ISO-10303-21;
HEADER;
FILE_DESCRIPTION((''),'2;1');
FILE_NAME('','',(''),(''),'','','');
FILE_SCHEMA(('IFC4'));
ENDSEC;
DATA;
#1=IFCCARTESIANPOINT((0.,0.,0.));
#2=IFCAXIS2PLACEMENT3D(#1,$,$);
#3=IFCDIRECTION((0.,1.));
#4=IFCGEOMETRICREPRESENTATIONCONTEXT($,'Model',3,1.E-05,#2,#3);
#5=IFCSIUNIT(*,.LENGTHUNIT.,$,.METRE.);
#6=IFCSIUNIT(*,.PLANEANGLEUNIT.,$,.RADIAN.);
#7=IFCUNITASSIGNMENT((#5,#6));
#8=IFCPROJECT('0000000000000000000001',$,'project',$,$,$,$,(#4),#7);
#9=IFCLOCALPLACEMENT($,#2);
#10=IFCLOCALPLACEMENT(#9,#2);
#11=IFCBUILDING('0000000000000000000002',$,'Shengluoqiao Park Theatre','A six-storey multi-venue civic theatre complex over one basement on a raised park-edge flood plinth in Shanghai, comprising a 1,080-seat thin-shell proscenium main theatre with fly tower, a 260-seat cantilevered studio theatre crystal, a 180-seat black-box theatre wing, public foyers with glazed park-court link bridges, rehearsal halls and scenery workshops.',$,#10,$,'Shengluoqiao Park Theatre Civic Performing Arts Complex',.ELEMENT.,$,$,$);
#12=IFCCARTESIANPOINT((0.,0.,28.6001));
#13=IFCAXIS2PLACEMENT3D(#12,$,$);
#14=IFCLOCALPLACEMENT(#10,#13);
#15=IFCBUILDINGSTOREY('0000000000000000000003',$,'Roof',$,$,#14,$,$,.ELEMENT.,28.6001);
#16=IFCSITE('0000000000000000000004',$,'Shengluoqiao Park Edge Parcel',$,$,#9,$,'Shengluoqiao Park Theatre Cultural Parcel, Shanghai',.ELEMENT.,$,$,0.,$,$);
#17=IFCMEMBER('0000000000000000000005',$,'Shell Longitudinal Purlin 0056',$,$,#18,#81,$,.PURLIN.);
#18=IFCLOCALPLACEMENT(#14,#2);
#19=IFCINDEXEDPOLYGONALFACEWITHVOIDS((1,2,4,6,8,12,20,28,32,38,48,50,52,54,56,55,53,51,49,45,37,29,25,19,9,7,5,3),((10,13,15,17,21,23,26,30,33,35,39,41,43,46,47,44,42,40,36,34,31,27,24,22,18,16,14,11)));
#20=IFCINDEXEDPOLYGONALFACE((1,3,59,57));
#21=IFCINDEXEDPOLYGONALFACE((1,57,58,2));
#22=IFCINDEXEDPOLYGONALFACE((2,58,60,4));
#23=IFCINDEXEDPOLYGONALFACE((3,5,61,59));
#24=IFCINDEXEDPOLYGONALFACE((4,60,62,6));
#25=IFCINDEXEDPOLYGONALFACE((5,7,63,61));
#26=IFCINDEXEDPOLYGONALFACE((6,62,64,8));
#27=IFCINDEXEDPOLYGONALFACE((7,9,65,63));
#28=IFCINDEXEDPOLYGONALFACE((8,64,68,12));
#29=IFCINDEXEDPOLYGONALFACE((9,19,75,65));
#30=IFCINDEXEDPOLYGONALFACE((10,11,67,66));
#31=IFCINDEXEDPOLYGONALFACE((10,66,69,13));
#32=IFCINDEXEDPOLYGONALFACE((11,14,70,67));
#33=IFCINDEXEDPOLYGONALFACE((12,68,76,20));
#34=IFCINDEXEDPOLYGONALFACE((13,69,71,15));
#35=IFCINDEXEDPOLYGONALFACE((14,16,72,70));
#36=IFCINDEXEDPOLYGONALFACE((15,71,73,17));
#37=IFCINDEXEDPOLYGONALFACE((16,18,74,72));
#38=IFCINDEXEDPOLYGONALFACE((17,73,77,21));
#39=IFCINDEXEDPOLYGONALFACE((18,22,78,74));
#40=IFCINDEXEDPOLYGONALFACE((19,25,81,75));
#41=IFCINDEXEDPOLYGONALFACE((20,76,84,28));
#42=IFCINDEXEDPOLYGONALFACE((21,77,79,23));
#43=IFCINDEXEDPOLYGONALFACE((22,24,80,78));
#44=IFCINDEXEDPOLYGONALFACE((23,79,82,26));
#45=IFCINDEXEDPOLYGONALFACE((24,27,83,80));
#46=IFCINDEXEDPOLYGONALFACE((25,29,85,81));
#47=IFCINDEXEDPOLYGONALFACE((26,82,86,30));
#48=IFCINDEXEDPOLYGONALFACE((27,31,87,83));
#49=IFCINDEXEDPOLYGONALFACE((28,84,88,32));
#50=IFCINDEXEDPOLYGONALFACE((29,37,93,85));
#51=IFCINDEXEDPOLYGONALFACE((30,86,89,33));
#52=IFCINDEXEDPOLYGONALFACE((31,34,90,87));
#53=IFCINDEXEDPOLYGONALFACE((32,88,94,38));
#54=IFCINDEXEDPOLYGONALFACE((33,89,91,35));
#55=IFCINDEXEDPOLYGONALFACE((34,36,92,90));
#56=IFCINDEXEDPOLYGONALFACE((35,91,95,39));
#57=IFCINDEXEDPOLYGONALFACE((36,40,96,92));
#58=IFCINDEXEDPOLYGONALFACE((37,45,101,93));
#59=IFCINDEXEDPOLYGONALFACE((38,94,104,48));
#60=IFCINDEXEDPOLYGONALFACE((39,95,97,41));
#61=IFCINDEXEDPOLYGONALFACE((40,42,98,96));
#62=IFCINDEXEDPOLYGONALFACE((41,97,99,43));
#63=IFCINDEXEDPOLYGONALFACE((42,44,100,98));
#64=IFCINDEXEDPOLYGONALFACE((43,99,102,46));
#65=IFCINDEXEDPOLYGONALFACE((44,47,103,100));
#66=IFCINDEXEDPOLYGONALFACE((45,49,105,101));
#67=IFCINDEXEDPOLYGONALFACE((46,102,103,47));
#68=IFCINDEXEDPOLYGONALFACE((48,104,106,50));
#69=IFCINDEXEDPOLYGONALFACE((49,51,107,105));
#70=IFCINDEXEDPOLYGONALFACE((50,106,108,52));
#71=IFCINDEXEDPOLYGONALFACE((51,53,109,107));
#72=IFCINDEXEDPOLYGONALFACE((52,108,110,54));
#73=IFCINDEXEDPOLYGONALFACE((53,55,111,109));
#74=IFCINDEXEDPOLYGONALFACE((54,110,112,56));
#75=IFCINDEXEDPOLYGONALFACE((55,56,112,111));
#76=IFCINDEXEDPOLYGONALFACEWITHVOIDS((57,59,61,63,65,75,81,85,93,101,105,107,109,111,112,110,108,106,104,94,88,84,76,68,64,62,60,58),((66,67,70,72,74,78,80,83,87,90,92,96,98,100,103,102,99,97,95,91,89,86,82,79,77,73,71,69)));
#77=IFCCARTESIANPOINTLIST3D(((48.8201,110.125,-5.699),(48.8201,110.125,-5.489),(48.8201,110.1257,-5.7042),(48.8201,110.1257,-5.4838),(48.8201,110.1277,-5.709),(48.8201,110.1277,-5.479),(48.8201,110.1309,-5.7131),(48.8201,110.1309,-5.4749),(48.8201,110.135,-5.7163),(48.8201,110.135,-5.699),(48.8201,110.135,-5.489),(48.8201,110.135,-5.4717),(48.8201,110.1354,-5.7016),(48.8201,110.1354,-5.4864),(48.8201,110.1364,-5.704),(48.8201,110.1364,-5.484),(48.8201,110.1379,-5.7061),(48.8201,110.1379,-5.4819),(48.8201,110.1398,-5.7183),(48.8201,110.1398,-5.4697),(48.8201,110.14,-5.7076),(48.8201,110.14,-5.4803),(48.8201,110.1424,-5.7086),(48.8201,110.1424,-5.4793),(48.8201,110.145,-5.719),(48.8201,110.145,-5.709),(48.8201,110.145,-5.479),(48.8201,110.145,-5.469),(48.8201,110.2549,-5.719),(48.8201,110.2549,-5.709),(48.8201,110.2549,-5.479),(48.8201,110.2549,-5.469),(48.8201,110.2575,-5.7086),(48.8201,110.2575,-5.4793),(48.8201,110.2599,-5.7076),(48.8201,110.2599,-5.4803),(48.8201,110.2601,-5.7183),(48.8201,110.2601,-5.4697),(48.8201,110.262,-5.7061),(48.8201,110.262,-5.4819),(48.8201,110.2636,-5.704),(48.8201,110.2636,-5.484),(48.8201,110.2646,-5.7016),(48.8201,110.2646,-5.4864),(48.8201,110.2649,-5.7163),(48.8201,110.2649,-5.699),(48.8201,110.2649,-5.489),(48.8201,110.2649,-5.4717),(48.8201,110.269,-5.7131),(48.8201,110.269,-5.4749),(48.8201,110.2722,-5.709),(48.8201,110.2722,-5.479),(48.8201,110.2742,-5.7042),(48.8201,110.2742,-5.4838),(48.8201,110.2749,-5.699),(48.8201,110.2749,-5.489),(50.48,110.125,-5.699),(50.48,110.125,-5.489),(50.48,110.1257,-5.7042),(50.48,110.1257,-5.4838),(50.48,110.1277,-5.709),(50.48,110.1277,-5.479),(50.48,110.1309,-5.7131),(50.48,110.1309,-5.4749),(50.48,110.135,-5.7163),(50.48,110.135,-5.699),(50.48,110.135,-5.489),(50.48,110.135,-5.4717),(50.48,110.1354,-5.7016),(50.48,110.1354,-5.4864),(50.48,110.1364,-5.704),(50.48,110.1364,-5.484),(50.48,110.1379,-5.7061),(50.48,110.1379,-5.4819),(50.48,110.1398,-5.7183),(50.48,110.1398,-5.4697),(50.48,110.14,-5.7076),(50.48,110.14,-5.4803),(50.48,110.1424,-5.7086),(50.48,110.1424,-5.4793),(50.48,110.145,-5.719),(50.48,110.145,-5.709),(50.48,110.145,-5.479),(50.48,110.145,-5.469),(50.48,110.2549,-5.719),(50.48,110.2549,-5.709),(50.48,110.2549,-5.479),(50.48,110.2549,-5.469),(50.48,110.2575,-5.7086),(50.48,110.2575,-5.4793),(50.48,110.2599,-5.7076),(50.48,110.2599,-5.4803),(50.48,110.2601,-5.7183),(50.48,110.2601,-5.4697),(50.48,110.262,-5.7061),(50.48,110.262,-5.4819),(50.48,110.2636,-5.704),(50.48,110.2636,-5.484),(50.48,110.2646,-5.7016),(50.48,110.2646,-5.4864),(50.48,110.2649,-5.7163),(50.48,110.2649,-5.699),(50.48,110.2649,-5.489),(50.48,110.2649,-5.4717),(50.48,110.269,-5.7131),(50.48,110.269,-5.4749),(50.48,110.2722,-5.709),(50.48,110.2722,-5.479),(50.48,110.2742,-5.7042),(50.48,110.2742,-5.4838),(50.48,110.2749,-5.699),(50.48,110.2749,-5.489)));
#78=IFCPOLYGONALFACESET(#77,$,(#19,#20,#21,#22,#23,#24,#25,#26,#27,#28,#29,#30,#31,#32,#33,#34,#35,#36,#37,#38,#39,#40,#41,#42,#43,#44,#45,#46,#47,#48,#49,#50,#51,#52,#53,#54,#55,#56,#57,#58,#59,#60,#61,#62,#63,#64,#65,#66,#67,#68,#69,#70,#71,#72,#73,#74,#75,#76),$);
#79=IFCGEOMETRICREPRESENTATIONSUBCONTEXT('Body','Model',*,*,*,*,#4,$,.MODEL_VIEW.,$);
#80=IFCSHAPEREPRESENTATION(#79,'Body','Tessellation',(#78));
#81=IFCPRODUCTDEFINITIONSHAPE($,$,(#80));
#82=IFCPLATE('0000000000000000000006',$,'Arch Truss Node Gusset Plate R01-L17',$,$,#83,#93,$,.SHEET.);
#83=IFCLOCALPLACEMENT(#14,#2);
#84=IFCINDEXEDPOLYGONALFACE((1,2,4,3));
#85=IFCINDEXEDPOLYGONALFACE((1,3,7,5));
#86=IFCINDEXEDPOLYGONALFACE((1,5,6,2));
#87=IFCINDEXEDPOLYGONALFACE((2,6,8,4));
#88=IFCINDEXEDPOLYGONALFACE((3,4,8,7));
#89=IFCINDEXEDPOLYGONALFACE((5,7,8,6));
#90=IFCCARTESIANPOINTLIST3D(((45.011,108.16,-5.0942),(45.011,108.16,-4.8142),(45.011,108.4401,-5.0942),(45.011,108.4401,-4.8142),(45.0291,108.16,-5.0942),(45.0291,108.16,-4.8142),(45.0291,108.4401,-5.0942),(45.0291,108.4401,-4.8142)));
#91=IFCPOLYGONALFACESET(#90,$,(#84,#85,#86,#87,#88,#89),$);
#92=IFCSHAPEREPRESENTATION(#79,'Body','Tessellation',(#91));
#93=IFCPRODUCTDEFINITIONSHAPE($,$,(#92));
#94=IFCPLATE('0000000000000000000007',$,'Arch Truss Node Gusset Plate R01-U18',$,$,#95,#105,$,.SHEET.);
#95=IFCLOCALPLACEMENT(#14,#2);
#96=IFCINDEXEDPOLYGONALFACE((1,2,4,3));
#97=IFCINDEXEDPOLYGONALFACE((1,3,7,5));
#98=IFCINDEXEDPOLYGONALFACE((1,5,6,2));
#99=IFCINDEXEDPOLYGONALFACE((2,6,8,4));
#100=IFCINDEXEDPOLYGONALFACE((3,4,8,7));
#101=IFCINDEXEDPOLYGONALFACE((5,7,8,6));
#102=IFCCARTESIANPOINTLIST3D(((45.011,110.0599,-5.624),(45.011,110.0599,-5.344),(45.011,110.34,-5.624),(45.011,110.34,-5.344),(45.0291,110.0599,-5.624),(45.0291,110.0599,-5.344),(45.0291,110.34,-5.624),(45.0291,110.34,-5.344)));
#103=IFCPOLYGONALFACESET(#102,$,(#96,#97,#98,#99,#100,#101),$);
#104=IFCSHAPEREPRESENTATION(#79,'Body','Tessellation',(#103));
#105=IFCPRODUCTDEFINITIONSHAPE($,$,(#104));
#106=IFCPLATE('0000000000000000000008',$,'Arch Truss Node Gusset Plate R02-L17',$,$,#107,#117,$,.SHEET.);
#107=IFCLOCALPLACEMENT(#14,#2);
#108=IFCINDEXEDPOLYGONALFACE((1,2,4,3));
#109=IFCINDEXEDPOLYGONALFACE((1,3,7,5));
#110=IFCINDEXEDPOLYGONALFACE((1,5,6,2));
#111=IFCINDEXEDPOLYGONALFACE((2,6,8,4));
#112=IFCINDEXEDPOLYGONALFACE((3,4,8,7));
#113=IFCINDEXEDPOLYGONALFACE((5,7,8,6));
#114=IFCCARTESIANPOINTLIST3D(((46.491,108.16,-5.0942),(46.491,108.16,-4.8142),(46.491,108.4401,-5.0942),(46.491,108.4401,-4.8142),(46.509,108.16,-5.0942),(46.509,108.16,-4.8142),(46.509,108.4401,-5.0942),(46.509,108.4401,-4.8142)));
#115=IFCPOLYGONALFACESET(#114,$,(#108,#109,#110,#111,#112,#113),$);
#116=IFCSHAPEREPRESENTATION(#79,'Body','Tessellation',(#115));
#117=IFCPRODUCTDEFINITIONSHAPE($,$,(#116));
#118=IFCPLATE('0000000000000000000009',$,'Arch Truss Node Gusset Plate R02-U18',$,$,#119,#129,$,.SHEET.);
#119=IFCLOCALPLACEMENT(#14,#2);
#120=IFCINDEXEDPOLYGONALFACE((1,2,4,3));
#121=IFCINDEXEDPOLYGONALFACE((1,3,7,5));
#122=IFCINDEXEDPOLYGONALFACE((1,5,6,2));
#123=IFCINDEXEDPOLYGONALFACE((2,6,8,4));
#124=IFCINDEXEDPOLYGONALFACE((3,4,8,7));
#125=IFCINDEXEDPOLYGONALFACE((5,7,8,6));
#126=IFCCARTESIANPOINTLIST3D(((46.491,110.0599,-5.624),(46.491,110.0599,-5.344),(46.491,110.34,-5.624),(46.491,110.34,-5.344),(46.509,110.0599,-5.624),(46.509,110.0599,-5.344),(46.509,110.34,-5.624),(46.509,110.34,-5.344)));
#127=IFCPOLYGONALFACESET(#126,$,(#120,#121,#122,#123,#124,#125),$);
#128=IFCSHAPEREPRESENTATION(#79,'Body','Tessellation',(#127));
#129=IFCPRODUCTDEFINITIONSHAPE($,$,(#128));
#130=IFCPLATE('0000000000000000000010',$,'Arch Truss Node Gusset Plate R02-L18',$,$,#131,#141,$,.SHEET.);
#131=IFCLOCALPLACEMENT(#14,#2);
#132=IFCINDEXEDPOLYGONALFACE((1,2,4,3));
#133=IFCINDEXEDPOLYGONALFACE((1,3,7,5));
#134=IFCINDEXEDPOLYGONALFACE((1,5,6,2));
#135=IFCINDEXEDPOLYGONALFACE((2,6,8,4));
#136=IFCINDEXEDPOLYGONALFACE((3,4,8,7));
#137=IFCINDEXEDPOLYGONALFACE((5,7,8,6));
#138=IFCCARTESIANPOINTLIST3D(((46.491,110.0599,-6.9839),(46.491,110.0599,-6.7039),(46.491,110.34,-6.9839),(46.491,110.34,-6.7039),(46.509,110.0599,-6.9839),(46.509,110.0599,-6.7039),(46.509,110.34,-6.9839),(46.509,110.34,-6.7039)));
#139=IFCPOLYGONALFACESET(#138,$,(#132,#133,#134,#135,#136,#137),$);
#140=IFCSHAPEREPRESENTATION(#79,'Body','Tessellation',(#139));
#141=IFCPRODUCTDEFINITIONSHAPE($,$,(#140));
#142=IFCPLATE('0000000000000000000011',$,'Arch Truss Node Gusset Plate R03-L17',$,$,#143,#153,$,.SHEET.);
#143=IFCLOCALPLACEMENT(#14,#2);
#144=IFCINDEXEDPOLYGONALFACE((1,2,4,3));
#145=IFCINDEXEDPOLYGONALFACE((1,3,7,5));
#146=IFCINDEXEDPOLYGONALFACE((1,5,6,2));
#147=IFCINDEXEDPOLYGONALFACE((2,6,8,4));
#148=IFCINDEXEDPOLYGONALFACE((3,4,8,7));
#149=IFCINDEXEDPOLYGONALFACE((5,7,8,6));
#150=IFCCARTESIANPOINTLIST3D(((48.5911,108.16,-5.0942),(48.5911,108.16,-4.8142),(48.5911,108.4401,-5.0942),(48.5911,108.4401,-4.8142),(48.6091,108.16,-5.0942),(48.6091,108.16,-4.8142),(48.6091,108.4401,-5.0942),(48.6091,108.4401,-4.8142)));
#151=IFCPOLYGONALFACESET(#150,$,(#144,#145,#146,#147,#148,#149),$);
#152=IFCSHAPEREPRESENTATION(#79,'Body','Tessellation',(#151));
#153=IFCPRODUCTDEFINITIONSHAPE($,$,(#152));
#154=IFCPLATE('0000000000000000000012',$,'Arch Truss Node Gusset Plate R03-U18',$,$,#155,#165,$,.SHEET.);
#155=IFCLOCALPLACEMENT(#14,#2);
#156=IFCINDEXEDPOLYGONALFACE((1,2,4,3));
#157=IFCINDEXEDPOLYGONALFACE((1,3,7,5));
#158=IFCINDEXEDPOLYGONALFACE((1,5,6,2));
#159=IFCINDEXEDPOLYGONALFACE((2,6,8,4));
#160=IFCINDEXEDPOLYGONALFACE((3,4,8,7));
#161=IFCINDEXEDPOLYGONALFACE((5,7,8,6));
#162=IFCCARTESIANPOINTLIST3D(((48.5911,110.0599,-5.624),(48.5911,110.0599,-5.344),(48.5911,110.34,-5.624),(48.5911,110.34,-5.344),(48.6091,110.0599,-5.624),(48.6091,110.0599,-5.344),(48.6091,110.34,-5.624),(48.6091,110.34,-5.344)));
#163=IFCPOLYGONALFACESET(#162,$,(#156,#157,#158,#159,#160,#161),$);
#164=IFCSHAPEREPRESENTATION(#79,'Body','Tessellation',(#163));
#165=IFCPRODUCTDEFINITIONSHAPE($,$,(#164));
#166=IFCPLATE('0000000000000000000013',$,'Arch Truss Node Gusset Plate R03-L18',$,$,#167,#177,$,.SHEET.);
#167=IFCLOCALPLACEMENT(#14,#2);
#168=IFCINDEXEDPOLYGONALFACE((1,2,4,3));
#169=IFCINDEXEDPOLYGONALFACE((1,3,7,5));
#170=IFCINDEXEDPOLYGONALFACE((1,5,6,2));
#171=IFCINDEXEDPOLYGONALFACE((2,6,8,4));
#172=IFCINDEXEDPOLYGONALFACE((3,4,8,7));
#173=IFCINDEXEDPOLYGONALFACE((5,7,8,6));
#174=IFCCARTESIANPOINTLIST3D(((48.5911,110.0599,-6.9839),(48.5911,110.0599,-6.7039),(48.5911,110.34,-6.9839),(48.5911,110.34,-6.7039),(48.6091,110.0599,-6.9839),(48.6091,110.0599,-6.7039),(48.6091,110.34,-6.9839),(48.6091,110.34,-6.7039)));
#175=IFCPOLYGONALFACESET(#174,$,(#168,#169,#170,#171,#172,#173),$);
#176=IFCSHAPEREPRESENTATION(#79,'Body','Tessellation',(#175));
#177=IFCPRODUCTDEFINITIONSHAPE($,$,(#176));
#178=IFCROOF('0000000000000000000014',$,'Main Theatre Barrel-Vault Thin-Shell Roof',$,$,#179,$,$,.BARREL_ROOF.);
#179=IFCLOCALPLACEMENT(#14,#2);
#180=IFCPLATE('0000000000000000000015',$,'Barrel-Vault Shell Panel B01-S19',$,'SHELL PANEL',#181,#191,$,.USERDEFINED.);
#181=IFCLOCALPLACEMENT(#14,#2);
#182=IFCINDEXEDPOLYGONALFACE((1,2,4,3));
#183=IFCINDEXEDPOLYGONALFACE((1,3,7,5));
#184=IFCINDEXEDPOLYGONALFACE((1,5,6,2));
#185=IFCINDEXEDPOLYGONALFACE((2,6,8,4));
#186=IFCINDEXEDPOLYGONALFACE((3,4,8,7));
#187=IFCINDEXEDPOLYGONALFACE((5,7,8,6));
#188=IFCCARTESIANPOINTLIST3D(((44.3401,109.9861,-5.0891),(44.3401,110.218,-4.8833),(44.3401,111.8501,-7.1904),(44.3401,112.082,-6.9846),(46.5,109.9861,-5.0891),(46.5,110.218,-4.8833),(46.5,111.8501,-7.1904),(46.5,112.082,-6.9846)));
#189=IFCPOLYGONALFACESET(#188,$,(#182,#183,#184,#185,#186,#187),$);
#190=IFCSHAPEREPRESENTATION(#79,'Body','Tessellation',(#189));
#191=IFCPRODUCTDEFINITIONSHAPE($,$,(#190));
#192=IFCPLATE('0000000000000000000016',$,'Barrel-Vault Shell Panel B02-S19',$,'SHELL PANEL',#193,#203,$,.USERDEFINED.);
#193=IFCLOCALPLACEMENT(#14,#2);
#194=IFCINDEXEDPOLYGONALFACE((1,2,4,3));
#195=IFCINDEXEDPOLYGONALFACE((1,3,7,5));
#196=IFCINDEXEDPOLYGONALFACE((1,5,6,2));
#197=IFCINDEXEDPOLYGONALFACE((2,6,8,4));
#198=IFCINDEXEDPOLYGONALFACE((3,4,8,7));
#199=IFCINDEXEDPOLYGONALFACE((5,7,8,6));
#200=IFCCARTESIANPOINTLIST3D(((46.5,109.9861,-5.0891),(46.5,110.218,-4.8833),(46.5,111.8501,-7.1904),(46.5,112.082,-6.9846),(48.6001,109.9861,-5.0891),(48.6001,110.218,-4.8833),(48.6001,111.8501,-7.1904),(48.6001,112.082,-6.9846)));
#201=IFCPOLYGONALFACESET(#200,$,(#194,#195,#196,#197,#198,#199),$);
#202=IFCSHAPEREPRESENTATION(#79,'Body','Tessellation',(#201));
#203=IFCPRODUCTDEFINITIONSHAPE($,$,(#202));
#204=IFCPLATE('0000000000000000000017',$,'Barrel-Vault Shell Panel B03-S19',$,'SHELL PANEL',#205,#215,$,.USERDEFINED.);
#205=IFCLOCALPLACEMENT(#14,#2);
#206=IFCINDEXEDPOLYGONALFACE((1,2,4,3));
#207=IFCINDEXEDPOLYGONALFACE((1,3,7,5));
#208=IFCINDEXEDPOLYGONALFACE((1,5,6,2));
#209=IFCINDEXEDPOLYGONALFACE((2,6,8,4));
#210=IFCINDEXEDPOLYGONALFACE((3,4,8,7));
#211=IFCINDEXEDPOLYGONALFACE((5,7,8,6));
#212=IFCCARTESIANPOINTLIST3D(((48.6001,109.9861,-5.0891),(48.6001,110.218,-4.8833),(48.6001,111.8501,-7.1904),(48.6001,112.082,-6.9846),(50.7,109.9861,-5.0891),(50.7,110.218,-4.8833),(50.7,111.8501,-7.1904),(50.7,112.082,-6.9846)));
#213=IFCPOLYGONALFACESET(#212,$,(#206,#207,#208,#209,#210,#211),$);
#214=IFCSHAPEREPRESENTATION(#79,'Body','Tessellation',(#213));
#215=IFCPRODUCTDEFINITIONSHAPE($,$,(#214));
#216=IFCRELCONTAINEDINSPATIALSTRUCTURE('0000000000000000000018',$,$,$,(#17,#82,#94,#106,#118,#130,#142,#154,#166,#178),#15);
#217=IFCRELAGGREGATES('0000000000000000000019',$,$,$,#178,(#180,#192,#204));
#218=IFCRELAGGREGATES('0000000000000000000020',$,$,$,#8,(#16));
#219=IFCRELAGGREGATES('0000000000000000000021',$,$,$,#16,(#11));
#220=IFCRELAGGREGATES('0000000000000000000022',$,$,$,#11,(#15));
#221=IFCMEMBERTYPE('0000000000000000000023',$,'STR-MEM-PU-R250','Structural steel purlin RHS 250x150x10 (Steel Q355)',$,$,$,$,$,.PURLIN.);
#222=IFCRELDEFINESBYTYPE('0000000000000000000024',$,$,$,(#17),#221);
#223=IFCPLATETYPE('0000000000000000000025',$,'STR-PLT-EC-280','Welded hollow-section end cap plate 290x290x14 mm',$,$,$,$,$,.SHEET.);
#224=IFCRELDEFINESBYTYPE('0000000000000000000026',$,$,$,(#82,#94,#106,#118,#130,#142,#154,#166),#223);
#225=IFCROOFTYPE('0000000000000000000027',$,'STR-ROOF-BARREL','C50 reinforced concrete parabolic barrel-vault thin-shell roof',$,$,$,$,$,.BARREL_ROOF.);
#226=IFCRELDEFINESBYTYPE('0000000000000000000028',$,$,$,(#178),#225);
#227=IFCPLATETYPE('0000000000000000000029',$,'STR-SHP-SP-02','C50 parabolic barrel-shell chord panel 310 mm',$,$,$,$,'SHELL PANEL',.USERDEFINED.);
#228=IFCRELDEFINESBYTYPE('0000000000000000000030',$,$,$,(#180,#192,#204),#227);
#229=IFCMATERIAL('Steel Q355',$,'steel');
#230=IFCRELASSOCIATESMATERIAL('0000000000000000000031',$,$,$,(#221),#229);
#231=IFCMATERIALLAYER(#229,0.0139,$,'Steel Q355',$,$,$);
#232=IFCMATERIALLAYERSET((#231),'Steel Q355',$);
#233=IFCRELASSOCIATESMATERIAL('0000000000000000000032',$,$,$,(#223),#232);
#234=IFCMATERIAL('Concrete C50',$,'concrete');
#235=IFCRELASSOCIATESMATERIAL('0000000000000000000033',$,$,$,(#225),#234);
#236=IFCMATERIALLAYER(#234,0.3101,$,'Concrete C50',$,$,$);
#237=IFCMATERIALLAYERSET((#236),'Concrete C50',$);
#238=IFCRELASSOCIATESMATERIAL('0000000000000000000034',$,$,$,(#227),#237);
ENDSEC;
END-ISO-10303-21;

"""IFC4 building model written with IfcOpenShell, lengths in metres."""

from ifc_helpers import new_model, si_unit, direction, frame, origin, origin_2d, place, context, subcontext, project, spatial, polyline, rectangle, hollow_rectangle, outline, extrude, material, layer, layer_set, material_profile, profile_set, type_object, element, aggregate, save


model = new_model("IFC4")

# Units and contexts
model_context = context("Model", 3, precision=1e-05, world=origin(), true_north=direction((0.0, 1.0)))
body_context = subcontext(model_context, "Body", "Model", "MODEL_VIEW")
ifc_project = project(units=[si_unit("LENGTHUNIT", "METRE"), si_unit("PLANEANGLEUNIT", "RADIAN")], contexts=[model_context])

# Site, building, storey
site_placement = place(None, origin())
site = spatial("IfcSite", under=ifc_project, at=site_placement, Name="Shengluoqiao Park Edge Parcel", LongName="Shengluoqiao Park Theatre Cultural Parcel, Shanghai", CompositionType="ELEMENT", RefElevation=0.0)
building_placement = place(site_placement, origin())
building = spatial("IfcBuilding", under=site, at=building_placement, Name="Shengluoqiao Park Theatre", Description="A six-storey multi-venue civic theatre complex over one basement on a raised park-edge flood plinth in Shanghai, comprising a 1,080-seat thin-shell proscenium main theatre with fly tower, a 260-seat cantilevered studio theatre crystal, a 180-seat black-box theatre wing, public foyers with glazed park-court link bridges, rehearsal halls and scenery workshops.", LongName="Shengluoqiao Park Theatre Civic Performing Arts Complex", CompositionType="ELEMENT")
storey_placement = place(building_placement, frame((0.0, 0.0, 28.6001)))
storey = spatial("IfcBuildingStorey", under=building, at=storey_placement, Name="Roof", CompositionType="ELEMENT", Elevation=28.6001)

# Shared definitions
ifc_material_1 = material(Name="Concrete C50", Category="concrete")
ifc_material_2 = material(Name="Steel Q355", Category="steel")

# Member
ifc_material_profile_1 = material_profile(ifc_material_2, hollow_rectangle(XDim=0.1499, YDim=0.25, WallThickness=0.01, InnerFilletRadius=0.01, OuterFilletRadius=0.02, at=origin_2d()), Name="RHS 250x150x10")
ifc_profile_set_1 = profile_set([ifc_material_profile_1], Name="Steel Q355")
member_type_1 = type_object("IfcMemberType", Name="STR-MEM-PU-R250", Description="Structural steel purlin RHS 250x150x10 (Steel Q355)", PredefinedType="PURLIN", material=ifc_profile_set_1)
for number, where, z_axis, x_axis, name in (
    (1, (48.8201, 110.2, -5.594), (1.0, 0.0, 0.0), (0.0, 1.0, 0.0), "Shell Longitudinal Purlin 0056"),
):
    element("IfcMember", number, at=place(storey_placement, frame(where, z_axis=z_axis, x_axis=x_axis)), inside=storey, type_object=member_type_1, Name=name, PredefinedType="PURLIN", context=body_context, shape_type="SweptSolid", body=[
        extrude(hollow_rectangle(XDim=0.1499, YDim=0.25, WallThickness=0.01, InnerFilletRadius=0.01, OuterFilletRadius=0.02, at=origin_2d()), origin(), (0.0, 0.0, 1.0), 1.6599),
    ])

# Plates
ifc_layer_1 = layer(ifc_material_2, 0.0139, Name="Steel Q355")
ifc_layer_set_1 = layer_set([ifc_layer_1], Name="Steel Q355")
plate_type_1 = type_object("IfcPlateType", Name="STR-PLT-EC-280", Description="Welded hollow-section end cap plate 290x290x14 mm", PredefinedType="SHEET", material=ifc_layer_set_1)
for number, where, z_axis, x_axis, name in (
    (2, (45.02, 108.3, -5.0942), (0.0, 0.0, 1.0), (1.0, 0.0, 0.0), "Arch Truss Node Gusset Plate R01-L17"),
    (3, (45.02, 110.2, -5.624), (0.0, 0.0, 1.0), (1.0, 0.0, 0.0), "Arch Truss Node Gusset Plate R01-U18"),
    (4, (46.5, 108.3, -5.0942), (0.0, 0.0, 1.0), (1.0, 0.0, 0.0), "Arch Truss Node Gusset Plate R02-L17"),
    (5, (46.5, 110.2, -5.624), (0.0, 0.0, 1.0), (1.0, 0.0, 0.0), "Arch Truss Node Gusset Plate R02-U18"),
    (6, (46.5, 110.2, -6.9839), (0.0, 0.0, 1.0), (1.0, 0.0, 0.0), "Arch Truss Node Gusset Plate R02-L18"),
    (7, (48.6001, 108.3, -5.0942), (0.0, 0.0, 1.0), (1.0, 0.0, 0.0), "Arch Truss Node Gusset Plate R03-L17"),
    (8, (48.6001, 110.2, -5.624), (0.0, 0.0, 1.0), (1.0, 0.0, 0.0), "Arch Truss Node Gusset Plate R03-U18"),
    (9, (48.6001, 110.2, -6.9839), (0.0, 0.0, 1.0), (1.0, 0.0, 0.0), "Arch Truss Node Gusset Plate R03-L18"),
):
    element("IfcPlate", number, at=place(storey_placement, frame(where, z_axis=z_axis, x_axis=x_axis)), inside=storey, type_object=plate_type_1, Name=name, PredefinedType="SHEET", context=body_context, shape_type="SweptSolid", body=[
        extrude(rectangle(XDim=0.0181, YDim=0.28, at=origin_2d()), origin(), (0.0, 0.0, 1.0), 0.28),
    ])

# Roof, plates
roof_type = type_object("IfcRoofType", Name="STR-ROOF-BARREL", Description="C50 reinforced concrete parabolic barrel-vault thin-shell roof", PredefinedType="BARREL_ROOF", material=ifc_material_1)
roof_placement = place(storey_placement, origin())
roof = element("IfcRoof", 10, at=roof_placement, inside=storey, type_object=roof_type, Name="Main Theatre Barrel-Vault Thin-Shell Roof", PredefinedType="BARREL_ROOF")
ifc_layer_2 = layer(ifc_material_1, 0.3101, Name="Concrete C50")
ifc_layer_set_2 = layer_set([ifc_layer_2], Name="Concrete C50")
plate_type_2 = type_object("IfcPlateType", Name="STR-SHP-SP-02", Description="C50 parabolic barrel-shell chord panel 310 mm", ElementType="SHELL PANEL", PredefinedType="USERDEFINED", material=ifc_layer_set_2)
plate_1_placement = place(storey_placement, frame((44.3401, 110.218, -4.8833), z_axis=(0.0, 0.748085, 0.663603), x_axis=(1.0, 0.0, 0.0)))
plate_1 = element("IfcPlate", 11, at=plate_1_placement, type_object=plate_type_2, Name="Barrel-Vault Shell Panel B01-S19", ObjectType="SHELL PANEL", PredefinedType="USERDEFINED", context=body_context, shape_type="SweptSolid", body=[
    extrude(outline(polyline([(0.0, 0.0), (2.1599, 0.0), (2.1599, 2.8089), (0.0, 2.8089), (0.0, 0.0)])), origin(), (0.0, 0.0, -1.0), 0.3101),
])
plate_2_placement = place(storey_placement, frame((46.5, 110.218, -4.8833), z_axis=(0.0, 0.748085, 0.663603), x_axis=(1.0, 0.0, 0.0)))
plate_2 = element("IfcPlate", 12, at=plate_2_placement, type_object=plate_type_2, Name="Barrel-Vault Shell Panel B02-S19", ObjectType="SHELL PANEL", PredefinedType="USERDEFINED", context=body_context, shape_type="SweptSolid", body=[
    extrude(outline(polyline([(0.0, 0.0), (2.1001, 0.0), (2.1001, 2.8089), (0.0, 2.8089), (0.0, 0.0)])), origin(), (0.0, 0.0, -1.0), 0.3101),
])
plate_3_placement = place(storey_placement, frame((48.6001, 110.218, -4.8833), z_axis=(0.0, 0.748085, 0.663603), x_axis=(1.0, 0.0, 0.0)))
plate_3 = element("IfcPlate", 13, at=plate_3_placement, type_object=plate_type_2, Name="Barrel-Vault Shell Panel B03-S19", ObjectType="SHELL PANEL", PredefinedType="USERDEFINED", context=body_context, shape_type="SweptSolid", body=[
    extrude(outline(polyline([(0.0, 0.0), (2.0999, 0.0), (2.0999, 2.8089), (0.0, 2.8089), (0.0, 0.0)])), origin(), (0.0, 0.0, -1.0), 0.3101),
])
aggregate(roof, [plate_1, plate_2, plate_3])

save(model, "model.ifc")
